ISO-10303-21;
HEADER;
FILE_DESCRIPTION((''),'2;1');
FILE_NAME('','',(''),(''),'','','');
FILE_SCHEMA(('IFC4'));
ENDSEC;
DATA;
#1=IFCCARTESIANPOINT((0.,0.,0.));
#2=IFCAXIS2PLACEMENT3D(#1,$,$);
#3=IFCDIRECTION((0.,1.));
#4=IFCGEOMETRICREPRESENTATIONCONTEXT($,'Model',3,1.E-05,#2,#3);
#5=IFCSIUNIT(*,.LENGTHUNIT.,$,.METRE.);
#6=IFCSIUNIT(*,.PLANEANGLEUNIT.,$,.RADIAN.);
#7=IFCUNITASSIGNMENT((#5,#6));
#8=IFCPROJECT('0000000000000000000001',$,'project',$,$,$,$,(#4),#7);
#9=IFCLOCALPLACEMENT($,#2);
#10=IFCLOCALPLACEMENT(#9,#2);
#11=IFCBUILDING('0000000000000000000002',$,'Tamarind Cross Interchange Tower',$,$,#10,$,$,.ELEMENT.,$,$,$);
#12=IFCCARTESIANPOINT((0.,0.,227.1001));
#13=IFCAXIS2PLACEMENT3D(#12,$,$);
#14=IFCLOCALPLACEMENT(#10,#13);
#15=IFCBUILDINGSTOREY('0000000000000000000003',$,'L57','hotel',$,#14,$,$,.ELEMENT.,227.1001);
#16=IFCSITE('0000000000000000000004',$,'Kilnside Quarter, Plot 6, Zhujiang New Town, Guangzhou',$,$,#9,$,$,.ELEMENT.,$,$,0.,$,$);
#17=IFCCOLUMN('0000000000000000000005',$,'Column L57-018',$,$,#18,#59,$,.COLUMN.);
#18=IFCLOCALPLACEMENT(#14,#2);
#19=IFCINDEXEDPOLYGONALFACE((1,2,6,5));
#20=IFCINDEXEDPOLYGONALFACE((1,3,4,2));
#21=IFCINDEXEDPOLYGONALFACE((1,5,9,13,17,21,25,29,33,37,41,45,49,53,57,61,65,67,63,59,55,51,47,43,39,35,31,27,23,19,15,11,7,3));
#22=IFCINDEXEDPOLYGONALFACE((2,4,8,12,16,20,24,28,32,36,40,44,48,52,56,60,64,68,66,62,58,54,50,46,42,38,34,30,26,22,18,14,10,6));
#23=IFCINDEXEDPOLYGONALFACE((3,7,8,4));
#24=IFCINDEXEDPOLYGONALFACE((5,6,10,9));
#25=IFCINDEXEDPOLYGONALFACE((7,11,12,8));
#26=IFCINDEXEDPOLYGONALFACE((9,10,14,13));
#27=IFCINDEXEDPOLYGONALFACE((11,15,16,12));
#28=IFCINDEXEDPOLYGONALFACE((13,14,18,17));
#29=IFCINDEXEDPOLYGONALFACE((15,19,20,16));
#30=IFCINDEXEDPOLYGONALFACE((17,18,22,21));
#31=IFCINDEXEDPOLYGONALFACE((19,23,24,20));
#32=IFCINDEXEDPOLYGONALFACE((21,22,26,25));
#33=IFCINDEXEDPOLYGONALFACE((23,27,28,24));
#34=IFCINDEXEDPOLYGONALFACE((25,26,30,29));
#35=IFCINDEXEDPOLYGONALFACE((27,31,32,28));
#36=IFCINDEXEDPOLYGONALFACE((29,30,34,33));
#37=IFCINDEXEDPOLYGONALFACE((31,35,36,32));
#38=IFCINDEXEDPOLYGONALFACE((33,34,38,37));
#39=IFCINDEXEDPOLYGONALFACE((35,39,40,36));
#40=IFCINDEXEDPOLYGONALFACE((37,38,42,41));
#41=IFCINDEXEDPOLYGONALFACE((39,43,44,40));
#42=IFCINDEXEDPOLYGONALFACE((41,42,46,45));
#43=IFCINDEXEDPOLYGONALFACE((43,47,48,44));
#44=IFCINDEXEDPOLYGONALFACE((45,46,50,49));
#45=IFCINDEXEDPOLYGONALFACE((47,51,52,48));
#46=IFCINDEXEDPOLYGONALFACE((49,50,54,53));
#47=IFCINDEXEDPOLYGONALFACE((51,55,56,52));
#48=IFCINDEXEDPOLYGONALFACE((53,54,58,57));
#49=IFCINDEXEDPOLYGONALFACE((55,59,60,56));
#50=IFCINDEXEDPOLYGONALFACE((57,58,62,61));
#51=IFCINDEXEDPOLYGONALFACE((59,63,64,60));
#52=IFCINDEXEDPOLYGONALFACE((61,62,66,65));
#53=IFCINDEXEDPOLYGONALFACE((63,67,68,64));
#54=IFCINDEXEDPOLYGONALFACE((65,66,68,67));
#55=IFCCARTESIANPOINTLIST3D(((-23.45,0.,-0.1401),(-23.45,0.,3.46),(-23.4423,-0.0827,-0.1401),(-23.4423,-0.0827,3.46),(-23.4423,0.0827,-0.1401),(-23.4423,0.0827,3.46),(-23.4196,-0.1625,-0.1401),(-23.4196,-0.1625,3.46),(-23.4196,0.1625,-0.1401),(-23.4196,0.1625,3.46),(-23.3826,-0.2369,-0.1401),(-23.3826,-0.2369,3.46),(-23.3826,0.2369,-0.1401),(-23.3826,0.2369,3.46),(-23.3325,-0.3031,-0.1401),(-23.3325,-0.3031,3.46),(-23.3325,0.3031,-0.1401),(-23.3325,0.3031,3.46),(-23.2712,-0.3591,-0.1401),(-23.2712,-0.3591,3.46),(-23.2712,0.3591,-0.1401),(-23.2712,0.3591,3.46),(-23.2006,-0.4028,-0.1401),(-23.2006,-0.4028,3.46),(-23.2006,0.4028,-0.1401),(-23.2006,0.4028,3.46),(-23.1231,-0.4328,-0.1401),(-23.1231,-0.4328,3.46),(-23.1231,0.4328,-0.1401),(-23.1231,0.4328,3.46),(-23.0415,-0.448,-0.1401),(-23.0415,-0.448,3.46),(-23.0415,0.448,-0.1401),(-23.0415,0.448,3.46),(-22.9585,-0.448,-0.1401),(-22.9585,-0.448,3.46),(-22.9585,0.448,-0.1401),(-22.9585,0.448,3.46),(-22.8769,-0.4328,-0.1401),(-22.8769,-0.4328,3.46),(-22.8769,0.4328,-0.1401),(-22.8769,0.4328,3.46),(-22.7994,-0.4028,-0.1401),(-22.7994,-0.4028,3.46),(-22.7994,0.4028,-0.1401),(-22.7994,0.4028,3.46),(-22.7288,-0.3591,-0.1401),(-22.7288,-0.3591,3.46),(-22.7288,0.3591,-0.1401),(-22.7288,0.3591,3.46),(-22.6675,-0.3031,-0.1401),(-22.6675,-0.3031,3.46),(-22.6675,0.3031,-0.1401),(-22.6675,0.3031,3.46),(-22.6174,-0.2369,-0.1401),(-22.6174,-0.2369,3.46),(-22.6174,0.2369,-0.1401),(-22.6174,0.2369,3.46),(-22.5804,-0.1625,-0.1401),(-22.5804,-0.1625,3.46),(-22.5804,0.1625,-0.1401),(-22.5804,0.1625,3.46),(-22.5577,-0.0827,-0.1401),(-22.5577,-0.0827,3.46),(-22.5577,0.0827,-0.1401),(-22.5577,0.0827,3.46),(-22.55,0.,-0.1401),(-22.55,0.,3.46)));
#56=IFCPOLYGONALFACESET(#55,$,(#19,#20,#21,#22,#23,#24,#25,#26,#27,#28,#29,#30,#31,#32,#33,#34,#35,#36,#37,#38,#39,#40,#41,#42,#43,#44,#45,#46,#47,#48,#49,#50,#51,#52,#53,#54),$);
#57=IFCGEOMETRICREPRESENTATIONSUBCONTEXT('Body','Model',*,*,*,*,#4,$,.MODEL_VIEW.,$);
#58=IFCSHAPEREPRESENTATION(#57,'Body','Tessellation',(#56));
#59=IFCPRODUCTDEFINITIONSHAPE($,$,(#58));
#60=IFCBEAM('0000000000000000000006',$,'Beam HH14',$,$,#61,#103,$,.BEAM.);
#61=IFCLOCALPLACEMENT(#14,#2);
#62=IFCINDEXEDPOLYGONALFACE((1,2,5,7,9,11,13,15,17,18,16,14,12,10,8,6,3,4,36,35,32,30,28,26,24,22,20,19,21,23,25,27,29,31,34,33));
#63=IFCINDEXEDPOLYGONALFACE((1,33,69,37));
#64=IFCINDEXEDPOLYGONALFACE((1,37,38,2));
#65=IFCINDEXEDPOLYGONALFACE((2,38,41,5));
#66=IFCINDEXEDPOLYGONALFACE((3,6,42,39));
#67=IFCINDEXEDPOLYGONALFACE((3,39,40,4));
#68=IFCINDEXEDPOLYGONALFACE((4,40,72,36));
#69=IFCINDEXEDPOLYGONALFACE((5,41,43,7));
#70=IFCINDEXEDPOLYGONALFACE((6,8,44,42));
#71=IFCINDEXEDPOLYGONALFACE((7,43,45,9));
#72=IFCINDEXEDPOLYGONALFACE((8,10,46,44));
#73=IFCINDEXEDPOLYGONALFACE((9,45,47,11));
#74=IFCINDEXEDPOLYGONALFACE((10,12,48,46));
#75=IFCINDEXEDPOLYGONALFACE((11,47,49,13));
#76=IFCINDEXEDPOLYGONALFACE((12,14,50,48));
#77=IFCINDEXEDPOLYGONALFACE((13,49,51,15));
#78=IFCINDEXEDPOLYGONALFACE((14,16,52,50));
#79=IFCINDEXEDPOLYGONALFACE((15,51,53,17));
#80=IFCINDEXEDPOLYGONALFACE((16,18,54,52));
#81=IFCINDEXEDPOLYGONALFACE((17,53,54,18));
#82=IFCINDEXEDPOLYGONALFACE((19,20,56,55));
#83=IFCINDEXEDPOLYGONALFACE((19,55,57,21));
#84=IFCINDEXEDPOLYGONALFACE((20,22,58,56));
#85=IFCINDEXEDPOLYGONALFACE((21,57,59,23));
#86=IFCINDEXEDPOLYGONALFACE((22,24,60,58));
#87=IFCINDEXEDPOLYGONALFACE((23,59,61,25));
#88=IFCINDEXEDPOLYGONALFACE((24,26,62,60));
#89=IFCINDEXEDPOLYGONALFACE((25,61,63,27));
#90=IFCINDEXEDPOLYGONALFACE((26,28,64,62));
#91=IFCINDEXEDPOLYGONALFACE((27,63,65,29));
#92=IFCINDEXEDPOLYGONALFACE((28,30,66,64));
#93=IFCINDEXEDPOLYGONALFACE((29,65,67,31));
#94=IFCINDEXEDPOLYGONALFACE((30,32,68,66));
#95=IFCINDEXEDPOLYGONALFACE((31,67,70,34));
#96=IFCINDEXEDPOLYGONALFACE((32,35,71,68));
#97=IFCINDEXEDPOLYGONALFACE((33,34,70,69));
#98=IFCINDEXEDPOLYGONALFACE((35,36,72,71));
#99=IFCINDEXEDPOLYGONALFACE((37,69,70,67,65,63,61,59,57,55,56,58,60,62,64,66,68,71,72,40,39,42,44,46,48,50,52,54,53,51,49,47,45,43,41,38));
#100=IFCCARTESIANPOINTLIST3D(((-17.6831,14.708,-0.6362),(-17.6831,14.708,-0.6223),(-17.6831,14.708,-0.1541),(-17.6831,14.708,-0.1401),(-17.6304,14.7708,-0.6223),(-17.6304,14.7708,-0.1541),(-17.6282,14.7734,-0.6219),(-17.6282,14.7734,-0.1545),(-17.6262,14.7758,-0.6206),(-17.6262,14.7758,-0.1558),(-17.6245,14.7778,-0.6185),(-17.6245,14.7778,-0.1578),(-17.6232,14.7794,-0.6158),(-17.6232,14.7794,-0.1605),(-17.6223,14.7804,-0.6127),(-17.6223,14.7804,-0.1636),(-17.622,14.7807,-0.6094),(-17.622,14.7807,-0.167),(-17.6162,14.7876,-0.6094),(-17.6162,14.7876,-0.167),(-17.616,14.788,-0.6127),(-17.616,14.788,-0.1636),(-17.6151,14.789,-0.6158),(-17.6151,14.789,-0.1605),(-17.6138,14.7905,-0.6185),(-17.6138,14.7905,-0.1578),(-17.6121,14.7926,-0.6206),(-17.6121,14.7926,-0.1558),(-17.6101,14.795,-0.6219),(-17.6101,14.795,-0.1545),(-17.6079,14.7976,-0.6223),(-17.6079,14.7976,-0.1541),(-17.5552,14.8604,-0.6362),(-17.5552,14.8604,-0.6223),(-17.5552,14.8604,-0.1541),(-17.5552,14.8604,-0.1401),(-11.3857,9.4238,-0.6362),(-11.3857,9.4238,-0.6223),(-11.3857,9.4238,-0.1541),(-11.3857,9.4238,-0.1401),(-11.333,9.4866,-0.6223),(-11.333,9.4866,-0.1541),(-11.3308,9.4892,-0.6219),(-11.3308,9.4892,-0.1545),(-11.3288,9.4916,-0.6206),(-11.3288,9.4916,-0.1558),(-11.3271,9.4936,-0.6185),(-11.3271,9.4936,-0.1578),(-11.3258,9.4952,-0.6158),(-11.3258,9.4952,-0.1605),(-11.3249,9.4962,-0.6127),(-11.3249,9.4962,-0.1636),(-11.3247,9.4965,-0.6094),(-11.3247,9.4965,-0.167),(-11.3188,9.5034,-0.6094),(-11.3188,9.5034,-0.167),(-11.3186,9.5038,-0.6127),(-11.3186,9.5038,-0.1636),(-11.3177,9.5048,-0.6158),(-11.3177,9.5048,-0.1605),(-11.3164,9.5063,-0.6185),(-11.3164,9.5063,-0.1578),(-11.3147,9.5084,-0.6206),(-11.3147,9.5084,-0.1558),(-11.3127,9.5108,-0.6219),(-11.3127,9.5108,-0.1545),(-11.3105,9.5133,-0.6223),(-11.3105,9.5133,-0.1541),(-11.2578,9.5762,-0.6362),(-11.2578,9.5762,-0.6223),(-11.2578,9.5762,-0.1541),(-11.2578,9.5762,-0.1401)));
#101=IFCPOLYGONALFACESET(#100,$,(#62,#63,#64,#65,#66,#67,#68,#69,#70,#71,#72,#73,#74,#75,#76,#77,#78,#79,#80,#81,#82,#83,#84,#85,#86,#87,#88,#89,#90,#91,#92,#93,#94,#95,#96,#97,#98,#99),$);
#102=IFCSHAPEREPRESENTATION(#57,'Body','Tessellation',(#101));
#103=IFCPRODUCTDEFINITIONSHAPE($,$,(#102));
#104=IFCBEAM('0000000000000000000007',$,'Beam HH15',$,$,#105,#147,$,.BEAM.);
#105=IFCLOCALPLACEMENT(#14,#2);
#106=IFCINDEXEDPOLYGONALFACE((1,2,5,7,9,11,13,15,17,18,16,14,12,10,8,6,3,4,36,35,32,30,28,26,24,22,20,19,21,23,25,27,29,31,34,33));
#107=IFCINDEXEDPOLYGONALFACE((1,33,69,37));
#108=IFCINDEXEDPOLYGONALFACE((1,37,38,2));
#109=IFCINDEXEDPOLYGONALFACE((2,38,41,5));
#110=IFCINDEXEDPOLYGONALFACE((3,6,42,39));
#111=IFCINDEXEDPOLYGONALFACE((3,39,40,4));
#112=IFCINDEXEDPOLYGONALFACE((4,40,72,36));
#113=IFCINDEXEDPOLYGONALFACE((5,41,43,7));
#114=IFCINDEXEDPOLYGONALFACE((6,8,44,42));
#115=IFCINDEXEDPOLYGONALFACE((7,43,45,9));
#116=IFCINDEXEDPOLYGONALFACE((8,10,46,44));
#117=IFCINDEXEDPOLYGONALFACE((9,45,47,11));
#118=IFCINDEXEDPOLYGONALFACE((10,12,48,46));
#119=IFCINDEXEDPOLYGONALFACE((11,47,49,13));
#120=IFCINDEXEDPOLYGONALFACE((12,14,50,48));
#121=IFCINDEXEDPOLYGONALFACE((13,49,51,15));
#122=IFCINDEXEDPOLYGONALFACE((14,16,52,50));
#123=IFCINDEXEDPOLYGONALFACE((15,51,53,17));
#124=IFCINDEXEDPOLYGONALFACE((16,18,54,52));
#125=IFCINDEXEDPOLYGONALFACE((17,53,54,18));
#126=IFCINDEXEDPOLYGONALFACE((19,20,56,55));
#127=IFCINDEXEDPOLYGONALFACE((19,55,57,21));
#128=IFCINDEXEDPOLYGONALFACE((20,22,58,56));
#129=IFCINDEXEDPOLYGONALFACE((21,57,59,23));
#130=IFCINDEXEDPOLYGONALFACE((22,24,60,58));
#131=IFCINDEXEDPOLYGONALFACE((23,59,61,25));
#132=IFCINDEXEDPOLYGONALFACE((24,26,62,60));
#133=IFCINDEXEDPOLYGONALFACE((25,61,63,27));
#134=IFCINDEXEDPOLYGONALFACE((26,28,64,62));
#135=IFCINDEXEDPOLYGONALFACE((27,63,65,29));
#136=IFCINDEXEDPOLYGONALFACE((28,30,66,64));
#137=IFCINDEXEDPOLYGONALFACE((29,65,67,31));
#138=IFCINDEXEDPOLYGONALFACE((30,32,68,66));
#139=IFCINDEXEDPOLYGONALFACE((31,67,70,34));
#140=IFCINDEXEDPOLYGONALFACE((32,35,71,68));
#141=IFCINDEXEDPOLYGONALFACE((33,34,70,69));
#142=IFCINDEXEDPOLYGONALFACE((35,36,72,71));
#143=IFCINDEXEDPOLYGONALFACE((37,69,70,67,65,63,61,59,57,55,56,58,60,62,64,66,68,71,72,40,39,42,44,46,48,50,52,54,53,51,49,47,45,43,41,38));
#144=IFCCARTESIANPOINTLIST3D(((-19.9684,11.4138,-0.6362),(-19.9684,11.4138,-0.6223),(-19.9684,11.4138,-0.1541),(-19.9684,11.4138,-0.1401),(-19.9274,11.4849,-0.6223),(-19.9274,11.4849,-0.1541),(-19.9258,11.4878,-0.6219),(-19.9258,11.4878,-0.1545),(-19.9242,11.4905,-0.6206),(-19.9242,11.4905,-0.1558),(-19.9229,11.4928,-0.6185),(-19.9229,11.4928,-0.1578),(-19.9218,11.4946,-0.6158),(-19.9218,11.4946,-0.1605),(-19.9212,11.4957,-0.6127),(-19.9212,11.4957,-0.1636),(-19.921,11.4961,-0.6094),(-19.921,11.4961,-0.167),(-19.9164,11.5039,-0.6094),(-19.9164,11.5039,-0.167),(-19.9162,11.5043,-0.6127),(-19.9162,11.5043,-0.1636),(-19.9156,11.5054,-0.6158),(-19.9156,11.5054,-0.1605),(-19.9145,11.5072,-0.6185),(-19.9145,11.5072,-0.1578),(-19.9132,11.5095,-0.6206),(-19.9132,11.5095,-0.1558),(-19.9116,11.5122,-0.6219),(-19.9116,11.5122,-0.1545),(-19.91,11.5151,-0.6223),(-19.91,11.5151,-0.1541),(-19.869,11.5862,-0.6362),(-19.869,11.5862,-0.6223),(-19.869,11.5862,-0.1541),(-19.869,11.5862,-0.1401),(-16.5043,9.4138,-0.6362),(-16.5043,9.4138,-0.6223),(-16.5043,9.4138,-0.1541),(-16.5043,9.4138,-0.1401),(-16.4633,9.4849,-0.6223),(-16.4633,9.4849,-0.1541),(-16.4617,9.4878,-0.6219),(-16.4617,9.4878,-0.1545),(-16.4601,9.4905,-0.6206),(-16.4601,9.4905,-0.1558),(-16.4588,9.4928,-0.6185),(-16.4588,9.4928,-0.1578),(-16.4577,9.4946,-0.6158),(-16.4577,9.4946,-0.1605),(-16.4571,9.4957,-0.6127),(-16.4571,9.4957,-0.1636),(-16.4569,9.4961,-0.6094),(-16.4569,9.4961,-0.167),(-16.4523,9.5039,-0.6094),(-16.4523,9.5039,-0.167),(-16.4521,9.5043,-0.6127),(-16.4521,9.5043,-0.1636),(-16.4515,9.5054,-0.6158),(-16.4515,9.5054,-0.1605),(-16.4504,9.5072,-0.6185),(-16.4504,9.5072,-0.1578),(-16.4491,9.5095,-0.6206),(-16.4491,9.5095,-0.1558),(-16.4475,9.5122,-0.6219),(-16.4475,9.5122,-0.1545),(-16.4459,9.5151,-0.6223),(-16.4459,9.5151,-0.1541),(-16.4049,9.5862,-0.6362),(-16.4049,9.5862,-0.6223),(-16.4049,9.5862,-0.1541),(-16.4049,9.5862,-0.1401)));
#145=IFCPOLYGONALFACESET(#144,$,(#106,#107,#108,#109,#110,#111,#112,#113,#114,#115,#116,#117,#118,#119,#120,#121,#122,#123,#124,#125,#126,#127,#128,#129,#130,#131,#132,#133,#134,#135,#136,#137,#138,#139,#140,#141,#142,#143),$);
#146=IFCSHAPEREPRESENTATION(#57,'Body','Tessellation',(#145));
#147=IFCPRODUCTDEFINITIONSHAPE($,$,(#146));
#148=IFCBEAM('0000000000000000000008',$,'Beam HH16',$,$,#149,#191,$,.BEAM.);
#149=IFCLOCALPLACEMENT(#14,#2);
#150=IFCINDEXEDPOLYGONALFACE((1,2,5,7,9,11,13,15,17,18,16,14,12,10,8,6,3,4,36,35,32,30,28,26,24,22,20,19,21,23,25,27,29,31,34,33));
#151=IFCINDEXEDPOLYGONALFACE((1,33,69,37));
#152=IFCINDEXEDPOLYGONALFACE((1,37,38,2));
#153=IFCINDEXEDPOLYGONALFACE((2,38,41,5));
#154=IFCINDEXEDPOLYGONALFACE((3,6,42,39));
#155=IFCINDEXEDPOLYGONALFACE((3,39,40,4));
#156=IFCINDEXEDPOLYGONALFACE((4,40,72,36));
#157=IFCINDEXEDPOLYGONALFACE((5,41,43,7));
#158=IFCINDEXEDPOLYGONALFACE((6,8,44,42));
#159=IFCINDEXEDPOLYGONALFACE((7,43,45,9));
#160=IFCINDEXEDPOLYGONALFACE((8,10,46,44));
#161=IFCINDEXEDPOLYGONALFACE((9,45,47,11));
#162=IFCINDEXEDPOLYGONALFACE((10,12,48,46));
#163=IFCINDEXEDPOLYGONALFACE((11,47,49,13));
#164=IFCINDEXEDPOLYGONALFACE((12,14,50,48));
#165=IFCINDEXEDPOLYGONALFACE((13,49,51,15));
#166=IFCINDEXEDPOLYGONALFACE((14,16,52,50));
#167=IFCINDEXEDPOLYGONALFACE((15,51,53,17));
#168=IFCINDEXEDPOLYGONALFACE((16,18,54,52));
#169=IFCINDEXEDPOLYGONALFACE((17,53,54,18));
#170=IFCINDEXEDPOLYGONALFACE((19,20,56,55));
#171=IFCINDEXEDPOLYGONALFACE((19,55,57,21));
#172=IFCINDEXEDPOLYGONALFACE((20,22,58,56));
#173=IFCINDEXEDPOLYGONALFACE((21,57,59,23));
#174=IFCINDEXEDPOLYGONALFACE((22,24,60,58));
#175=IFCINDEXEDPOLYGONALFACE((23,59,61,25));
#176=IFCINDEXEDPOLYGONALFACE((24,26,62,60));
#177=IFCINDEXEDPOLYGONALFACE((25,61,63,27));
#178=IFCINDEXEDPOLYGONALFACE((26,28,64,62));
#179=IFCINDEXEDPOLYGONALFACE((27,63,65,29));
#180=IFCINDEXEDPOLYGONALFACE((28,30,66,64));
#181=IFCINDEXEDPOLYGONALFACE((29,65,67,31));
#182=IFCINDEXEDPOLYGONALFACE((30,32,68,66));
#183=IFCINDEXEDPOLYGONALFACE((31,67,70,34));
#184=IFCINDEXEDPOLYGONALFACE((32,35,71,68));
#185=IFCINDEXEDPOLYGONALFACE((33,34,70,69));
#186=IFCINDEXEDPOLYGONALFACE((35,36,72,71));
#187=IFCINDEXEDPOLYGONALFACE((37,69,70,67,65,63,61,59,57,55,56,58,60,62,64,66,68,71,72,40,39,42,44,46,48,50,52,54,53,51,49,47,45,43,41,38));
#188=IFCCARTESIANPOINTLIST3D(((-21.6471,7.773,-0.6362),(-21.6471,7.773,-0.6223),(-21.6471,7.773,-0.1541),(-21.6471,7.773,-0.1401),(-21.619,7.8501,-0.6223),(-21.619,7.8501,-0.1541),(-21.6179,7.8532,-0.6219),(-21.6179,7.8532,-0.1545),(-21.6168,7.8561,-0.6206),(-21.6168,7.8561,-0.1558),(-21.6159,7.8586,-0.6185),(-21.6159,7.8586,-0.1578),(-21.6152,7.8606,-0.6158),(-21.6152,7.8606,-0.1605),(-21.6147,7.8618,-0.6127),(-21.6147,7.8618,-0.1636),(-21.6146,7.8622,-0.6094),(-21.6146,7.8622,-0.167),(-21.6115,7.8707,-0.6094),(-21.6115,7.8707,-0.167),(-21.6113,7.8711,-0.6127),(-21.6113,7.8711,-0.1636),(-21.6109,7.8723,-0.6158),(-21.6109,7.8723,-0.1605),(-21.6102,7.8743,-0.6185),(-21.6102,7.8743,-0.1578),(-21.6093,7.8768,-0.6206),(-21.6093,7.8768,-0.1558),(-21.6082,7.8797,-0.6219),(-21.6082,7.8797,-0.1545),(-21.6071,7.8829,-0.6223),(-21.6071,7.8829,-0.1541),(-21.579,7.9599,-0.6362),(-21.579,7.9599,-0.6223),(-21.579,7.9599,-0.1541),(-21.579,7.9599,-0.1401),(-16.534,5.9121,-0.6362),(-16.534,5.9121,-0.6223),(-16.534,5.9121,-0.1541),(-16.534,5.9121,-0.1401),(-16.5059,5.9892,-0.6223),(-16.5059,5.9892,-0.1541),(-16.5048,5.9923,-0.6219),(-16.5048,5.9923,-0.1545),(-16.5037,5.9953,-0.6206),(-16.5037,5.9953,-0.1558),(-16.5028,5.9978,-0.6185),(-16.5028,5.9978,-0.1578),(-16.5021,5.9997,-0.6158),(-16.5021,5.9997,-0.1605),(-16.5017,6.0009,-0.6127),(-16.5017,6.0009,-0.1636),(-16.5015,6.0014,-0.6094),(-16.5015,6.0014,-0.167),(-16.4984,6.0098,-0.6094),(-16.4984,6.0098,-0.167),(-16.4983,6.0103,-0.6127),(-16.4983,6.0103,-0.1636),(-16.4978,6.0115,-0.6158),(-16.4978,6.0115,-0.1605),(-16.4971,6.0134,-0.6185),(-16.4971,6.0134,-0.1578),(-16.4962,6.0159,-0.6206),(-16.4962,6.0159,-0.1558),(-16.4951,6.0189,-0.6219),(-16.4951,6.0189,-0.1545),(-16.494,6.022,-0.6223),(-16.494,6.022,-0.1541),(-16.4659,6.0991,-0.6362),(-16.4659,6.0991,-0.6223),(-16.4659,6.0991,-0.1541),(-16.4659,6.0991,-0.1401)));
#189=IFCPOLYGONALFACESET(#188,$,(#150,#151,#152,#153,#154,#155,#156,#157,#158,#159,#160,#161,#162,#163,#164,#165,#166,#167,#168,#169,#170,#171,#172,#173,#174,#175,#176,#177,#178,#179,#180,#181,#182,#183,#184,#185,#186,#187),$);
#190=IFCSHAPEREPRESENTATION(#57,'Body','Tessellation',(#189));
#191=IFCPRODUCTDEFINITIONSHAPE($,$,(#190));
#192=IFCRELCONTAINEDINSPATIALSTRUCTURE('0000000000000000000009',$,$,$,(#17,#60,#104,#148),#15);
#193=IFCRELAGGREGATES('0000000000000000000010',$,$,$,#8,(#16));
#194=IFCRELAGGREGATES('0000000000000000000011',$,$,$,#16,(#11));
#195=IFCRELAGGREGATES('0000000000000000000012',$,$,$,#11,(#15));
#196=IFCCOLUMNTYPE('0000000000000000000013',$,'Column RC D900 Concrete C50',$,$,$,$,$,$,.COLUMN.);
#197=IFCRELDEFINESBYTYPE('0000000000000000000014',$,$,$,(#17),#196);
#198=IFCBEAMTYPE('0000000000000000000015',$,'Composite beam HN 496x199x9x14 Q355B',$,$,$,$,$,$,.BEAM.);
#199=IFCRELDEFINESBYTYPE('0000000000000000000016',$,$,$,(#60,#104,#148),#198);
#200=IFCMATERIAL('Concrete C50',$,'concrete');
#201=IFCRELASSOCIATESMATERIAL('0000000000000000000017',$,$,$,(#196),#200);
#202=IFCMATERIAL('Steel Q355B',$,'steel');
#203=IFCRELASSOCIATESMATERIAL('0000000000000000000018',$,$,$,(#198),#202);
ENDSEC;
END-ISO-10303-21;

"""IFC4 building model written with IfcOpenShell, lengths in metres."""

from ifc_helpers import new_model, si_unit, direction, frame, origin, origin_2d, place, context, subcontext, project, spatial, circle, i_section, extrude, material, material_profile, profile_set, type_object, element, save


model = new_model("IFC4")

# Units and contexts
model_context = context("Model", 3, precision=1e-05, world=origin(), true_north=direction((0.0, 1.0)))
body_context = subcontext(model_context, "Body", "Model", "MODEL_VIEW")
ifc_project = project(units=[si_unit("LENGTHUNIT", "METRE"), si_unit("PLANEANGLEUNIT", "RADIAN")], contexts=[model_context])

# Site, building, storey
site_placement = place(None, origin())
site = spatial("IfcSite", under=ifc_project, at=site_placement, Name="Kilnside Quarter, Plot 6, Zhujiang New Town, Guangzhou", CompositionType="ELEMENT", RefElevation=0.0)
building_placement = place(site_placement, origin())
building = spatial("IfcBuilding", under=site, at=building_placement, Name="Tamarind Cross Interchange Tower", CompositionType="ELEMENT")
storey_placement = place(building_placement, frame((0.0, 0.0, 227.1001)))
storey = spatial("IfcBuildingStorey", under=building, at=storey_placement, Name="L57", Description="hotel", CompositionType="ELEMENT", Elevation=227.1001)

# Column
ifc_material_1 = material(Name="Concrete C50", Category="concrete")
ifc_material_profile_1 = material_profile(ifc_material_1, circle(Radius=0.45, at=origin_2d()), Name="RC D900")
ifc_profile_set_1 = profile_set([ifc_material_profile_1], Name="Concrete C50")
column_type = type_object("IfcColumnType", Name="Column RC D900 Concrete C50", PredefinedType="COLUMN", material=ifc_profile_set_1)
for number, where, z_axis, x_axis, name in (
    (1, (-23.0, 0.0, -0.1401), (0.0, 0.0, 1.0), (1.0, 0.0, 0.0), "Column L57-018"),
):
    element("IfcColumn", number, at=place(storey_placement, frame(where, z_axis=z_axis, x_axis=x_axis)), inside=storey, type_object=column_type, Name=name, PredefinedType="COLUMN", context=body_context, shape_type="SweptSolid", body=[
        extrude(circle(Radius=0.45, at=origin_2d()), origin(), (0.0, 0.0, 1.0), 3.6001),
    ])

# Beams
ifc_material_2 = material(Name="Steel Q355B", Category="steel")
ifc_material_profile_2 = material_profile(ifc_material_2, i_section(OverallWidth=0.199, OverallDepth=0.4961, WebThickness=0.009, FlangeThickness=0.0139, FilletRadius=0.0129, at=origin_2d()), Name="HN 496x199x9x14")
ifc_profile_set_2 = profile_set([ifc_material_profile_2], Name="Steel Q355B")
beam_type = type_object("IfcBeamType", Name="Composite beam HN 496x199x9x14 Q355B", PredefinedType="BEAM", material=ifc_profile_set_2)
beam_1_placement = place(storey_placement, frame((-17.6191, 14.7842, -0.3882), z_axis=(0.766041, -0.642792, 0.0), x_axis=(0.642792, 0.766041, 0.0)))
element("IfcBeam", 2, at=beam_1_placement, inside=storey, type_object=beam_type, Name="Beam HH14", PredefinedType="BEAM", context=body_context, shape_type="SweptSolid", body=[
    extrude(i_section(OverallWidth=0.199, OverallDepth=0.4961, WebThickness=0.009, FlangeThickness=0.0139, FilletRadius=0.0129, at=origin_2d()), origin(), (0.0, 0.0, 1.0), 8.2207),
])
beam_2_placement = place(storey_placement, frame((-19.9187, 11.5, -0.3882), z_axis=(0.866026, -0.499999, 0.0), x_axis=(0.499999, 0.866026, 0.0)))
element("IfcBeam", 3, at=beam_2_placement, inside=storey, type_object=beam_type, Name="Beam HH15", PredefinedType="BEAM", context=body_context, shape_type="SweptSolid", body=[
    extrude(i_section(OverallWidth=0.199, OverallDepth=0.4961, WebThickness=0.009, FlangeThickness=0.0139, FilletRadius=0.0129, at=origin_2d()), origin(), (0.0, 0.0, 1.0), 4.0),
])
beam_3_placement = place(storey_placement, frame((-21.613, 7.8665, -0.3882), z_axis=(0.939702, -0.341995, 0.0), x_axis=(0.341995, 0.939702, 0.0)))
element("IfcBeam", 4, at=beam_3_placement, inside=storey, type_object=beam_type, Name="Beam HH16", PredefinedType="BEAM", context=body_context, shape_type="SweptSolid", body=[
    extrude(i_section(OverallWidth=0.199, OverallDepth=0.4961, WebThickness=0.009, FlangeThickness=0.0139, FilletRadius=0.0129, at=origin_2d()), origin(), (0.0, 0.0, 1.0), 5.4412),
])

save(model, "model.ifc")
